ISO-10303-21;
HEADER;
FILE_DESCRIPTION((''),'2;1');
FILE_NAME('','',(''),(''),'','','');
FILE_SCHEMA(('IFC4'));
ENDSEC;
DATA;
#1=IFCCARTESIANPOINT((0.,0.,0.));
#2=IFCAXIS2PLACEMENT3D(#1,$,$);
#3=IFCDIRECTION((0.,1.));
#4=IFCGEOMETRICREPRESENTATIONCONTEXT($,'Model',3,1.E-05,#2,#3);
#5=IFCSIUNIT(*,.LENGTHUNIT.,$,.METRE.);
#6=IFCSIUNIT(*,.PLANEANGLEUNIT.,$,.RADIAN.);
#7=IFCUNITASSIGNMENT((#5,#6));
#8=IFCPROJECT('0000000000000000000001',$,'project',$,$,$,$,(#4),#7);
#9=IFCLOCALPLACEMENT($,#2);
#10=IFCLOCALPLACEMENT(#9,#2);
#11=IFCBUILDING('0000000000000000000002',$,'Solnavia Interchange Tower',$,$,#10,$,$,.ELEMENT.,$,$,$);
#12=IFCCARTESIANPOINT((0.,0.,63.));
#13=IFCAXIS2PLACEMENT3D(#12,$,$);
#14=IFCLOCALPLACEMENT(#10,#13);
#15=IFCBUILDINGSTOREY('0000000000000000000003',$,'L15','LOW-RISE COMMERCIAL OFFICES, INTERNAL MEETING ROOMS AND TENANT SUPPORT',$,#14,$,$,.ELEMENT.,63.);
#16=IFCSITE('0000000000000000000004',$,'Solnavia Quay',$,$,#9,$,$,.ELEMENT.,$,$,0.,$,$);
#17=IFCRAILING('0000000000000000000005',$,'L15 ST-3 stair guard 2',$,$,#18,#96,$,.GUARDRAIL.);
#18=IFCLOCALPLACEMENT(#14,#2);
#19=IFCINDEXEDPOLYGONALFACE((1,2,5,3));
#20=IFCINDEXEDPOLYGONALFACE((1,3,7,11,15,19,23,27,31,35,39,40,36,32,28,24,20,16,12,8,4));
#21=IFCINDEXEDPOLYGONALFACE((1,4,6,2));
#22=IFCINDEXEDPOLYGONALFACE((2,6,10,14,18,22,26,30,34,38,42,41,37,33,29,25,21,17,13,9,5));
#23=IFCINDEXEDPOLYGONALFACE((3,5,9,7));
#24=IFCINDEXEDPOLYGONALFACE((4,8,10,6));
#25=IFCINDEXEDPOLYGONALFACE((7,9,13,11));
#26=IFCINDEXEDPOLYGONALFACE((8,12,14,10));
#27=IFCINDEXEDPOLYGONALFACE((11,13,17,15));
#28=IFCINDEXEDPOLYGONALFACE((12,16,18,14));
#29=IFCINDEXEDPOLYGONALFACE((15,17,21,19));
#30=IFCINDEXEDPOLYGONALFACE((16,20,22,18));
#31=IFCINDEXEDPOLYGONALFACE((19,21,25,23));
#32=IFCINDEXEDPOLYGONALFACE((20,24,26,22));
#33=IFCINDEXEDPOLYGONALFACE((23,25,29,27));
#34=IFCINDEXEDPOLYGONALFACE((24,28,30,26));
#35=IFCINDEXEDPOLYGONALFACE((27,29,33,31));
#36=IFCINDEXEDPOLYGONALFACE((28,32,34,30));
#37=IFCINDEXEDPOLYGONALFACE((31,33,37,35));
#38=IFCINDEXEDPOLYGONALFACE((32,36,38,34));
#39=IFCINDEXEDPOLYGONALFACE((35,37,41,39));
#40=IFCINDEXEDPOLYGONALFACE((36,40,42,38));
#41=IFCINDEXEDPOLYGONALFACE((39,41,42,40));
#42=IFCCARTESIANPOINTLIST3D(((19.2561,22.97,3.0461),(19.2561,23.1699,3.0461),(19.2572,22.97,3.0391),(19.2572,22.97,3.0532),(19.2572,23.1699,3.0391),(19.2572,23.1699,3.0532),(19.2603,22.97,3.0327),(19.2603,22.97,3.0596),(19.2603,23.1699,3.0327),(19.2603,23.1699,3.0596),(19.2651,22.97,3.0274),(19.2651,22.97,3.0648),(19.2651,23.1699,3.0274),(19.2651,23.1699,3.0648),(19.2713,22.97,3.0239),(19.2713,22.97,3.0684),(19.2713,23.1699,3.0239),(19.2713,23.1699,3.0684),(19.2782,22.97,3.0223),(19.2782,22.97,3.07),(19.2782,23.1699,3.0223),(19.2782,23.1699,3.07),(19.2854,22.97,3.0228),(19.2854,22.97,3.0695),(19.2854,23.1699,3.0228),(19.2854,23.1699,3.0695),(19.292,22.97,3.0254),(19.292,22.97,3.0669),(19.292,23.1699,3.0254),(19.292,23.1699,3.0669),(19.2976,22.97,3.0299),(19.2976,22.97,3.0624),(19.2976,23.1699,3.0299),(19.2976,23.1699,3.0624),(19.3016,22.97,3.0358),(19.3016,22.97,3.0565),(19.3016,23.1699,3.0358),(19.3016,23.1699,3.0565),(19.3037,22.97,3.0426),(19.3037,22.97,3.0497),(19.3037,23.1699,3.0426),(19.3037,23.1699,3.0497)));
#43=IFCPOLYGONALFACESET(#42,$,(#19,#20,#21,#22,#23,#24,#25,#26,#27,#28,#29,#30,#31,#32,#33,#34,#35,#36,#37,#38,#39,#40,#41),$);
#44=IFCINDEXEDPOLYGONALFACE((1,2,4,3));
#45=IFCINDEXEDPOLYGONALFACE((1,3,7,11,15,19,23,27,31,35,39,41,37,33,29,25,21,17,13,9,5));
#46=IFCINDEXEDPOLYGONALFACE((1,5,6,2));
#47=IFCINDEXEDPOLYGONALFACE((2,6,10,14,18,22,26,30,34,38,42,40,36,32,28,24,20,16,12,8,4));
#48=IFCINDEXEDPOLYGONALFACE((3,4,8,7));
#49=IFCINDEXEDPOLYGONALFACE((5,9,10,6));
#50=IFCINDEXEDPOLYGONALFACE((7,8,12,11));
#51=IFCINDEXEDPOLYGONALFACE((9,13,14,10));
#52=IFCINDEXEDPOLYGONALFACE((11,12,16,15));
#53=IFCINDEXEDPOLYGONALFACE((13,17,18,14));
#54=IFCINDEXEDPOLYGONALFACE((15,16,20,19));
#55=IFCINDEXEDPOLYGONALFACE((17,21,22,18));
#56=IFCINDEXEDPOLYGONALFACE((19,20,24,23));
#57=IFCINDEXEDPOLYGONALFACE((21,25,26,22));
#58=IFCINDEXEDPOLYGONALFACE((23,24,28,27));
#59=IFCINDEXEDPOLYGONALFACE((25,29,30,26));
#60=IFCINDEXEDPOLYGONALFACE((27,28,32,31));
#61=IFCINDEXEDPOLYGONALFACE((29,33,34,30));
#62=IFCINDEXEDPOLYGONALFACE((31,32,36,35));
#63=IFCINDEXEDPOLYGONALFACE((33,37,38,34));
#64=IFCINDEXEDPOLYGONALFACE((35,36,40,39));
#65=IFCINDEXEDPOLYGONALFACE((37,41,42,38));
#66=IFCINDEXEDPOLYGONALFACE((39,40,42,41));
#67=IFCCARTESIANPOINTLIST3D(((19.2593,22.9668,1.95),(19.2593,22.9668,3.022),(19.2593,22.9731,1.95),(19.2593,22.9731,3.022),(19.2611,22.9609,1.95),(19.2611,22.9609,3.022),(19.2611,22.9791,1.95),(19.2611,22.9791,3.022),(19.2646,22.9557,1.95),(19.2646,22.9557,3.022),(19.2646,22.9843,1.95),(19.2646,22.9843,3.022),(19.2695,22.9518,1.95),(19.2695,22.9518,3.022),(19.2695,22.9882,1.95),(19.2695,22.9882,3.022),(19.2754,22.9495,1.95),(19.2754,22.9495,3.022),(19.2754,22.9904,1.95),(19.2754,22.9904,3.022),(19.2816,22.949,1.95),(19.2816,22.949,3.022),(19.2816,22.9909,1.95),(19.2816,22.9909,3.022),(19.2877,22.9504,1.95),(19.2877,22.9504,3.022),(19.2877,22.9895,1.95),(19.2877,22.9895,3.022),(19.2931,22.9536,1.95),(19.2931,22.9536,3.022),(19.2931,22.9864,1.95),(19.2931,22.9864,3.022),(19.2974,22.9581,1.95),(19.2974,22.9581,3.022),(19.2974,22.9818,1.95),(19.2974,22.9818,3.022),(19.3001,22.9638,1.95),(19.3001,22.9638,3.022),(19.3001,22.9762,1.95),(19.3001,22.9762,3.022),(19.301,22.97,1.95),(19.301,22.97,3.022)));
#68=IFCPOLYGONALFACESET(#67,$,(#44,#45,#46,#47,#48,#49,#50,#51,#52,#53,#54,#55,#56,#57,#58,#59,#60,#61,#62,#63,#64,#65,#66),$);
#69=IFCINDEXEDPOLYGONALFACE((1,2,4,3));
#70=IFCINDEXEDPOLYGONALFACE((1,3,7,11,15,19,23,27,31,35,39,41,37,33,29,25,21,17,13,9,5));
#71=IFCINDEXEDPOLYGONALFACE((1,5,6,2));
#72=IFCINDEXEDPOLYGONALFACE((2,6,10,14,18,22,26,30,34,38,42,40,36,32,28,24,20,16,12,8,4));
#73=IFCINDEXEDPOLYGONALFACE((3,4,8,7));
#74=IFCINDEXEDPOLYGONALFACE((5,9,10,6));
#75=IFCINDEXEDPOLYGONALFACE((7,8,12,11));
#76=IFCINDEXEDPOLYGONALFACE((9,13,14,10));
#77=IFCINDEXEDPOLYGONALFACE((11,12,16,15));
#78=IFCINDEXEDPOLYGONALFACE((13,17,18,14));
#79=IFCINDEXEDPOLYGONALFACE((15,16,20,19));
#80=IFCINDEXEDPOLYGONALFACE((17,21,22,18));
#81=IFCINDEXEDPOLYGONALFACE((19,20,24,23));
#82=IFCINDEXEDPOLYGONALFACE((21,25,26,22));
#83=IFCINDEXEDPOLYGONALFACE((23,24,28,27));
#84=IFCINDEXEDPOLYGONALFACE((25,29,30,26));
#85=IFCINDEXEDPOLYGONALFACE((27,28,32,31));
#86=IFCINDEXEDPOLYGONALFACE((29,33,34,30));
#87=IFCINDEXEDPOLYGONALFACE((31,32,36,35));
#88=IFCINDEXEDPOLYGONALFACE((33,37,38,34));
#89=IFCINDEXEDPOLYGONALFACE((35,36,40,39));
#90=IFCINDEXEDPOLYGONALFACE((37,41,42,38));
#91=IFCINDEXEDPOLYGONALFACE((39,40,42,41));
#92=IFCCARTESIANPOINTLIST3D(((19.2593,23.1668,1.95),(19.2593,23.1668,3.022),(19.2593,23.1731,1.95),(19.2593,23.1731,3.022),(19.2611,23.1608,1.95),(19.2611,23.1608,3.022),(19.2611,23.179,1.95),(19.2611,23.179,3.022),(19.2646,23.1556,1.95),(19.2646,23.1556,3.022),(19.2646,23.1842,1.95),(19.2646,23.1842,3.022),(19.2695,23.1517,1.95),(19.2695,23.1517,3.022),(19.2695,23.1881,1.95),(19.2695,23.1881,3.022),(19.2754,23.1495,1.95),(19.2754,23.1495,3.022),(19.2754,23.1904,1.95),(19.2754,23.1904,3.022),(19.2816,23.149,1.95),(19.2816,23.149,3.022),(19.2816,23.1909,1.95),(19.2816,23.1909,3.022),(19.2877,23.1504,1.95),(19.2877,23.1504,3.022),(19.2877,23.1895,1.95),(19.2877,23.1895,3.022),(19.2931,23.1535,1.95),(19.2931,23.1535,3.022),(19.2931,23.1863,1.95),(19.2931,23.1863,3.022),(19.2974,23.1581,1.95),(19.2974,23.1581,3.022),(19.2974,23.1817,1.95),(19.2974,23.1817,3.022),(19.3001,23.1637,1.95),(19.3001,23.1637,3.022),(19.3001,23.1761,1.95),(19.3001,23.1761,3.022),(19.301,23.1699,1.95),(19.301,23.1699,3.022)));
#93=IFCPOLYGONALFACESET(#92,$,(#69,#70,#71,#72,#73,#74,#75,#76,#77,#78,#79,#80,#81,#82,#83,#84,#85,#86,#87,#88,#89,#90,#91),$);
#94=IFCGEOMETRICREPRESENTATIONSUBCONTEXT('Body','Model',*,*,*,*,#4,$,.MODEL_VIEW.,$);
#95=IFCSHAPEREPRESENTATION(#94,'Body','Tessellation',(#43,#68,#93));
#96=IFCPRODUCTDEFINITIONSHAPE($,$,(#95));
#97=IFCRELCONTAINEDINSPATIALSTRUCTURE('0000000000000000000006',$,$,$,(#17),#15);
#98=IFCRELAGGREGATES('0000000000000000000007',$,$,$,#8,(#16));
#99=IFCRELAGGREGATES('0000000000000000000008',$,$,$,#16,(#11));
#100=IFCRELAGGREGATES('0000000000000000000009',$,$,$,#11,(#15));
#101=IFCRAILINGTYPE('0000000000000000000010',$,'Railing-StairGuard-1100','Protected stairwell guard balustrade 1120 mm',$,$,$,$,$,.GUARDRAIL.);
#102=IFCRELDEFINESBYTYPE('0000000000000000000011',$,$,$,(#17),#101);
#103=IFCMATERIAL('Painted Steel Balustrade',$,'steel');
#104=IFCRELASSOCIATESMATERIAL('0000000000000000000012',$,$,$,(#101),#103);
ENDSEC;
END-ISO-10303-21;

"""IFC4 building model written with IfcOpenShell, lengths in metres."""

from ifc_helpers import new_model, si_unit, direction, frame, origin, origin_2d, place, context, subcontext, project, spatial, circle, extrude, material, type_object, element, save


model = new_model("IFC4")

# Units and contexts
model_context = context("Model", 3, precision=1e-05, world=origin(), true_north=direction((0.0, 1.0)))
body_context = subcontext(model_context, "Body", "Model", "MODEL_VIEW")
ifc_project = project(units=[si_unit("LENGTHUNIT", "METRE"), si_unit("PLANEANGLEUNIT", "RADIAN")], contexts=[model_context])

# Site, building, storey
site_placement = place(None, origin())
site = spatial("IfcSite", under=ifc_project, at=site_placement, Name="Solnavia Quay", CompositionType="ELEMENT", RefElevation=0.0)
building_placement = place(site_placement, origin())
building = spatial("IfcBuilding", under=site, at=building_placement, Name="Solnavia Interchange Tower", CompositionType="ELEMENT")
storey_placement = place(building_placement, frame((0.0, 0.0, 63.0)))
storey = spatial("IfcBuildingStorey", under=building, at=storey_placement, Name="L15", Description="LOW-RISE COMMERCIAL OFFICES, INTERNAL MEETING ROOMS AND TENANT SUPPORT", CompositionType="ELEMENT", Elevation=63.0)

# Railing
ifc_material_1 = material(Name="Painted Steel Balustrade", Category="steel")
railing_type_1 = type_object("IfcRailingType", Name="Railing-StairGuard-1100", Description="Protected stairwell guard balustrade 1120 mm", PredefinedType="GUARDRAIL", material=ifc_material_1)
railing_1_placement = place(storey_placement, frame((19.28, 22.97, 1.95)))
element("IfcRailing", 1, at=railing_1_placement, inside=storey, type_object=railing_type_1, Name="L15 ST-3 stair guard 2", PredefinedType="GUARDRAIL", context=body_context, shape_type="SweptSolid", body=[
    extrude(circle(Radius=0.0239, at=origin_2d()), frame((0.0, 0.0, 1.0962), z_axis=(0.0, 1.0, 0.0), x_axis=(-1.0, 0.0, 0.0)), (0.0, 0.0, 1.0), 0.2),
    extrude(circle(Radius=0.021, at=origin_2d()), origin(), (0.0, 0.0, 1.0), 1.072),
    extrude(circle(Radius=0.021, at=origin_2d()), frame((0.0, 0.2, 0.0)), (0.0, 0.0, 1.0), 1.072),
])

save(model, "model.ifc")
